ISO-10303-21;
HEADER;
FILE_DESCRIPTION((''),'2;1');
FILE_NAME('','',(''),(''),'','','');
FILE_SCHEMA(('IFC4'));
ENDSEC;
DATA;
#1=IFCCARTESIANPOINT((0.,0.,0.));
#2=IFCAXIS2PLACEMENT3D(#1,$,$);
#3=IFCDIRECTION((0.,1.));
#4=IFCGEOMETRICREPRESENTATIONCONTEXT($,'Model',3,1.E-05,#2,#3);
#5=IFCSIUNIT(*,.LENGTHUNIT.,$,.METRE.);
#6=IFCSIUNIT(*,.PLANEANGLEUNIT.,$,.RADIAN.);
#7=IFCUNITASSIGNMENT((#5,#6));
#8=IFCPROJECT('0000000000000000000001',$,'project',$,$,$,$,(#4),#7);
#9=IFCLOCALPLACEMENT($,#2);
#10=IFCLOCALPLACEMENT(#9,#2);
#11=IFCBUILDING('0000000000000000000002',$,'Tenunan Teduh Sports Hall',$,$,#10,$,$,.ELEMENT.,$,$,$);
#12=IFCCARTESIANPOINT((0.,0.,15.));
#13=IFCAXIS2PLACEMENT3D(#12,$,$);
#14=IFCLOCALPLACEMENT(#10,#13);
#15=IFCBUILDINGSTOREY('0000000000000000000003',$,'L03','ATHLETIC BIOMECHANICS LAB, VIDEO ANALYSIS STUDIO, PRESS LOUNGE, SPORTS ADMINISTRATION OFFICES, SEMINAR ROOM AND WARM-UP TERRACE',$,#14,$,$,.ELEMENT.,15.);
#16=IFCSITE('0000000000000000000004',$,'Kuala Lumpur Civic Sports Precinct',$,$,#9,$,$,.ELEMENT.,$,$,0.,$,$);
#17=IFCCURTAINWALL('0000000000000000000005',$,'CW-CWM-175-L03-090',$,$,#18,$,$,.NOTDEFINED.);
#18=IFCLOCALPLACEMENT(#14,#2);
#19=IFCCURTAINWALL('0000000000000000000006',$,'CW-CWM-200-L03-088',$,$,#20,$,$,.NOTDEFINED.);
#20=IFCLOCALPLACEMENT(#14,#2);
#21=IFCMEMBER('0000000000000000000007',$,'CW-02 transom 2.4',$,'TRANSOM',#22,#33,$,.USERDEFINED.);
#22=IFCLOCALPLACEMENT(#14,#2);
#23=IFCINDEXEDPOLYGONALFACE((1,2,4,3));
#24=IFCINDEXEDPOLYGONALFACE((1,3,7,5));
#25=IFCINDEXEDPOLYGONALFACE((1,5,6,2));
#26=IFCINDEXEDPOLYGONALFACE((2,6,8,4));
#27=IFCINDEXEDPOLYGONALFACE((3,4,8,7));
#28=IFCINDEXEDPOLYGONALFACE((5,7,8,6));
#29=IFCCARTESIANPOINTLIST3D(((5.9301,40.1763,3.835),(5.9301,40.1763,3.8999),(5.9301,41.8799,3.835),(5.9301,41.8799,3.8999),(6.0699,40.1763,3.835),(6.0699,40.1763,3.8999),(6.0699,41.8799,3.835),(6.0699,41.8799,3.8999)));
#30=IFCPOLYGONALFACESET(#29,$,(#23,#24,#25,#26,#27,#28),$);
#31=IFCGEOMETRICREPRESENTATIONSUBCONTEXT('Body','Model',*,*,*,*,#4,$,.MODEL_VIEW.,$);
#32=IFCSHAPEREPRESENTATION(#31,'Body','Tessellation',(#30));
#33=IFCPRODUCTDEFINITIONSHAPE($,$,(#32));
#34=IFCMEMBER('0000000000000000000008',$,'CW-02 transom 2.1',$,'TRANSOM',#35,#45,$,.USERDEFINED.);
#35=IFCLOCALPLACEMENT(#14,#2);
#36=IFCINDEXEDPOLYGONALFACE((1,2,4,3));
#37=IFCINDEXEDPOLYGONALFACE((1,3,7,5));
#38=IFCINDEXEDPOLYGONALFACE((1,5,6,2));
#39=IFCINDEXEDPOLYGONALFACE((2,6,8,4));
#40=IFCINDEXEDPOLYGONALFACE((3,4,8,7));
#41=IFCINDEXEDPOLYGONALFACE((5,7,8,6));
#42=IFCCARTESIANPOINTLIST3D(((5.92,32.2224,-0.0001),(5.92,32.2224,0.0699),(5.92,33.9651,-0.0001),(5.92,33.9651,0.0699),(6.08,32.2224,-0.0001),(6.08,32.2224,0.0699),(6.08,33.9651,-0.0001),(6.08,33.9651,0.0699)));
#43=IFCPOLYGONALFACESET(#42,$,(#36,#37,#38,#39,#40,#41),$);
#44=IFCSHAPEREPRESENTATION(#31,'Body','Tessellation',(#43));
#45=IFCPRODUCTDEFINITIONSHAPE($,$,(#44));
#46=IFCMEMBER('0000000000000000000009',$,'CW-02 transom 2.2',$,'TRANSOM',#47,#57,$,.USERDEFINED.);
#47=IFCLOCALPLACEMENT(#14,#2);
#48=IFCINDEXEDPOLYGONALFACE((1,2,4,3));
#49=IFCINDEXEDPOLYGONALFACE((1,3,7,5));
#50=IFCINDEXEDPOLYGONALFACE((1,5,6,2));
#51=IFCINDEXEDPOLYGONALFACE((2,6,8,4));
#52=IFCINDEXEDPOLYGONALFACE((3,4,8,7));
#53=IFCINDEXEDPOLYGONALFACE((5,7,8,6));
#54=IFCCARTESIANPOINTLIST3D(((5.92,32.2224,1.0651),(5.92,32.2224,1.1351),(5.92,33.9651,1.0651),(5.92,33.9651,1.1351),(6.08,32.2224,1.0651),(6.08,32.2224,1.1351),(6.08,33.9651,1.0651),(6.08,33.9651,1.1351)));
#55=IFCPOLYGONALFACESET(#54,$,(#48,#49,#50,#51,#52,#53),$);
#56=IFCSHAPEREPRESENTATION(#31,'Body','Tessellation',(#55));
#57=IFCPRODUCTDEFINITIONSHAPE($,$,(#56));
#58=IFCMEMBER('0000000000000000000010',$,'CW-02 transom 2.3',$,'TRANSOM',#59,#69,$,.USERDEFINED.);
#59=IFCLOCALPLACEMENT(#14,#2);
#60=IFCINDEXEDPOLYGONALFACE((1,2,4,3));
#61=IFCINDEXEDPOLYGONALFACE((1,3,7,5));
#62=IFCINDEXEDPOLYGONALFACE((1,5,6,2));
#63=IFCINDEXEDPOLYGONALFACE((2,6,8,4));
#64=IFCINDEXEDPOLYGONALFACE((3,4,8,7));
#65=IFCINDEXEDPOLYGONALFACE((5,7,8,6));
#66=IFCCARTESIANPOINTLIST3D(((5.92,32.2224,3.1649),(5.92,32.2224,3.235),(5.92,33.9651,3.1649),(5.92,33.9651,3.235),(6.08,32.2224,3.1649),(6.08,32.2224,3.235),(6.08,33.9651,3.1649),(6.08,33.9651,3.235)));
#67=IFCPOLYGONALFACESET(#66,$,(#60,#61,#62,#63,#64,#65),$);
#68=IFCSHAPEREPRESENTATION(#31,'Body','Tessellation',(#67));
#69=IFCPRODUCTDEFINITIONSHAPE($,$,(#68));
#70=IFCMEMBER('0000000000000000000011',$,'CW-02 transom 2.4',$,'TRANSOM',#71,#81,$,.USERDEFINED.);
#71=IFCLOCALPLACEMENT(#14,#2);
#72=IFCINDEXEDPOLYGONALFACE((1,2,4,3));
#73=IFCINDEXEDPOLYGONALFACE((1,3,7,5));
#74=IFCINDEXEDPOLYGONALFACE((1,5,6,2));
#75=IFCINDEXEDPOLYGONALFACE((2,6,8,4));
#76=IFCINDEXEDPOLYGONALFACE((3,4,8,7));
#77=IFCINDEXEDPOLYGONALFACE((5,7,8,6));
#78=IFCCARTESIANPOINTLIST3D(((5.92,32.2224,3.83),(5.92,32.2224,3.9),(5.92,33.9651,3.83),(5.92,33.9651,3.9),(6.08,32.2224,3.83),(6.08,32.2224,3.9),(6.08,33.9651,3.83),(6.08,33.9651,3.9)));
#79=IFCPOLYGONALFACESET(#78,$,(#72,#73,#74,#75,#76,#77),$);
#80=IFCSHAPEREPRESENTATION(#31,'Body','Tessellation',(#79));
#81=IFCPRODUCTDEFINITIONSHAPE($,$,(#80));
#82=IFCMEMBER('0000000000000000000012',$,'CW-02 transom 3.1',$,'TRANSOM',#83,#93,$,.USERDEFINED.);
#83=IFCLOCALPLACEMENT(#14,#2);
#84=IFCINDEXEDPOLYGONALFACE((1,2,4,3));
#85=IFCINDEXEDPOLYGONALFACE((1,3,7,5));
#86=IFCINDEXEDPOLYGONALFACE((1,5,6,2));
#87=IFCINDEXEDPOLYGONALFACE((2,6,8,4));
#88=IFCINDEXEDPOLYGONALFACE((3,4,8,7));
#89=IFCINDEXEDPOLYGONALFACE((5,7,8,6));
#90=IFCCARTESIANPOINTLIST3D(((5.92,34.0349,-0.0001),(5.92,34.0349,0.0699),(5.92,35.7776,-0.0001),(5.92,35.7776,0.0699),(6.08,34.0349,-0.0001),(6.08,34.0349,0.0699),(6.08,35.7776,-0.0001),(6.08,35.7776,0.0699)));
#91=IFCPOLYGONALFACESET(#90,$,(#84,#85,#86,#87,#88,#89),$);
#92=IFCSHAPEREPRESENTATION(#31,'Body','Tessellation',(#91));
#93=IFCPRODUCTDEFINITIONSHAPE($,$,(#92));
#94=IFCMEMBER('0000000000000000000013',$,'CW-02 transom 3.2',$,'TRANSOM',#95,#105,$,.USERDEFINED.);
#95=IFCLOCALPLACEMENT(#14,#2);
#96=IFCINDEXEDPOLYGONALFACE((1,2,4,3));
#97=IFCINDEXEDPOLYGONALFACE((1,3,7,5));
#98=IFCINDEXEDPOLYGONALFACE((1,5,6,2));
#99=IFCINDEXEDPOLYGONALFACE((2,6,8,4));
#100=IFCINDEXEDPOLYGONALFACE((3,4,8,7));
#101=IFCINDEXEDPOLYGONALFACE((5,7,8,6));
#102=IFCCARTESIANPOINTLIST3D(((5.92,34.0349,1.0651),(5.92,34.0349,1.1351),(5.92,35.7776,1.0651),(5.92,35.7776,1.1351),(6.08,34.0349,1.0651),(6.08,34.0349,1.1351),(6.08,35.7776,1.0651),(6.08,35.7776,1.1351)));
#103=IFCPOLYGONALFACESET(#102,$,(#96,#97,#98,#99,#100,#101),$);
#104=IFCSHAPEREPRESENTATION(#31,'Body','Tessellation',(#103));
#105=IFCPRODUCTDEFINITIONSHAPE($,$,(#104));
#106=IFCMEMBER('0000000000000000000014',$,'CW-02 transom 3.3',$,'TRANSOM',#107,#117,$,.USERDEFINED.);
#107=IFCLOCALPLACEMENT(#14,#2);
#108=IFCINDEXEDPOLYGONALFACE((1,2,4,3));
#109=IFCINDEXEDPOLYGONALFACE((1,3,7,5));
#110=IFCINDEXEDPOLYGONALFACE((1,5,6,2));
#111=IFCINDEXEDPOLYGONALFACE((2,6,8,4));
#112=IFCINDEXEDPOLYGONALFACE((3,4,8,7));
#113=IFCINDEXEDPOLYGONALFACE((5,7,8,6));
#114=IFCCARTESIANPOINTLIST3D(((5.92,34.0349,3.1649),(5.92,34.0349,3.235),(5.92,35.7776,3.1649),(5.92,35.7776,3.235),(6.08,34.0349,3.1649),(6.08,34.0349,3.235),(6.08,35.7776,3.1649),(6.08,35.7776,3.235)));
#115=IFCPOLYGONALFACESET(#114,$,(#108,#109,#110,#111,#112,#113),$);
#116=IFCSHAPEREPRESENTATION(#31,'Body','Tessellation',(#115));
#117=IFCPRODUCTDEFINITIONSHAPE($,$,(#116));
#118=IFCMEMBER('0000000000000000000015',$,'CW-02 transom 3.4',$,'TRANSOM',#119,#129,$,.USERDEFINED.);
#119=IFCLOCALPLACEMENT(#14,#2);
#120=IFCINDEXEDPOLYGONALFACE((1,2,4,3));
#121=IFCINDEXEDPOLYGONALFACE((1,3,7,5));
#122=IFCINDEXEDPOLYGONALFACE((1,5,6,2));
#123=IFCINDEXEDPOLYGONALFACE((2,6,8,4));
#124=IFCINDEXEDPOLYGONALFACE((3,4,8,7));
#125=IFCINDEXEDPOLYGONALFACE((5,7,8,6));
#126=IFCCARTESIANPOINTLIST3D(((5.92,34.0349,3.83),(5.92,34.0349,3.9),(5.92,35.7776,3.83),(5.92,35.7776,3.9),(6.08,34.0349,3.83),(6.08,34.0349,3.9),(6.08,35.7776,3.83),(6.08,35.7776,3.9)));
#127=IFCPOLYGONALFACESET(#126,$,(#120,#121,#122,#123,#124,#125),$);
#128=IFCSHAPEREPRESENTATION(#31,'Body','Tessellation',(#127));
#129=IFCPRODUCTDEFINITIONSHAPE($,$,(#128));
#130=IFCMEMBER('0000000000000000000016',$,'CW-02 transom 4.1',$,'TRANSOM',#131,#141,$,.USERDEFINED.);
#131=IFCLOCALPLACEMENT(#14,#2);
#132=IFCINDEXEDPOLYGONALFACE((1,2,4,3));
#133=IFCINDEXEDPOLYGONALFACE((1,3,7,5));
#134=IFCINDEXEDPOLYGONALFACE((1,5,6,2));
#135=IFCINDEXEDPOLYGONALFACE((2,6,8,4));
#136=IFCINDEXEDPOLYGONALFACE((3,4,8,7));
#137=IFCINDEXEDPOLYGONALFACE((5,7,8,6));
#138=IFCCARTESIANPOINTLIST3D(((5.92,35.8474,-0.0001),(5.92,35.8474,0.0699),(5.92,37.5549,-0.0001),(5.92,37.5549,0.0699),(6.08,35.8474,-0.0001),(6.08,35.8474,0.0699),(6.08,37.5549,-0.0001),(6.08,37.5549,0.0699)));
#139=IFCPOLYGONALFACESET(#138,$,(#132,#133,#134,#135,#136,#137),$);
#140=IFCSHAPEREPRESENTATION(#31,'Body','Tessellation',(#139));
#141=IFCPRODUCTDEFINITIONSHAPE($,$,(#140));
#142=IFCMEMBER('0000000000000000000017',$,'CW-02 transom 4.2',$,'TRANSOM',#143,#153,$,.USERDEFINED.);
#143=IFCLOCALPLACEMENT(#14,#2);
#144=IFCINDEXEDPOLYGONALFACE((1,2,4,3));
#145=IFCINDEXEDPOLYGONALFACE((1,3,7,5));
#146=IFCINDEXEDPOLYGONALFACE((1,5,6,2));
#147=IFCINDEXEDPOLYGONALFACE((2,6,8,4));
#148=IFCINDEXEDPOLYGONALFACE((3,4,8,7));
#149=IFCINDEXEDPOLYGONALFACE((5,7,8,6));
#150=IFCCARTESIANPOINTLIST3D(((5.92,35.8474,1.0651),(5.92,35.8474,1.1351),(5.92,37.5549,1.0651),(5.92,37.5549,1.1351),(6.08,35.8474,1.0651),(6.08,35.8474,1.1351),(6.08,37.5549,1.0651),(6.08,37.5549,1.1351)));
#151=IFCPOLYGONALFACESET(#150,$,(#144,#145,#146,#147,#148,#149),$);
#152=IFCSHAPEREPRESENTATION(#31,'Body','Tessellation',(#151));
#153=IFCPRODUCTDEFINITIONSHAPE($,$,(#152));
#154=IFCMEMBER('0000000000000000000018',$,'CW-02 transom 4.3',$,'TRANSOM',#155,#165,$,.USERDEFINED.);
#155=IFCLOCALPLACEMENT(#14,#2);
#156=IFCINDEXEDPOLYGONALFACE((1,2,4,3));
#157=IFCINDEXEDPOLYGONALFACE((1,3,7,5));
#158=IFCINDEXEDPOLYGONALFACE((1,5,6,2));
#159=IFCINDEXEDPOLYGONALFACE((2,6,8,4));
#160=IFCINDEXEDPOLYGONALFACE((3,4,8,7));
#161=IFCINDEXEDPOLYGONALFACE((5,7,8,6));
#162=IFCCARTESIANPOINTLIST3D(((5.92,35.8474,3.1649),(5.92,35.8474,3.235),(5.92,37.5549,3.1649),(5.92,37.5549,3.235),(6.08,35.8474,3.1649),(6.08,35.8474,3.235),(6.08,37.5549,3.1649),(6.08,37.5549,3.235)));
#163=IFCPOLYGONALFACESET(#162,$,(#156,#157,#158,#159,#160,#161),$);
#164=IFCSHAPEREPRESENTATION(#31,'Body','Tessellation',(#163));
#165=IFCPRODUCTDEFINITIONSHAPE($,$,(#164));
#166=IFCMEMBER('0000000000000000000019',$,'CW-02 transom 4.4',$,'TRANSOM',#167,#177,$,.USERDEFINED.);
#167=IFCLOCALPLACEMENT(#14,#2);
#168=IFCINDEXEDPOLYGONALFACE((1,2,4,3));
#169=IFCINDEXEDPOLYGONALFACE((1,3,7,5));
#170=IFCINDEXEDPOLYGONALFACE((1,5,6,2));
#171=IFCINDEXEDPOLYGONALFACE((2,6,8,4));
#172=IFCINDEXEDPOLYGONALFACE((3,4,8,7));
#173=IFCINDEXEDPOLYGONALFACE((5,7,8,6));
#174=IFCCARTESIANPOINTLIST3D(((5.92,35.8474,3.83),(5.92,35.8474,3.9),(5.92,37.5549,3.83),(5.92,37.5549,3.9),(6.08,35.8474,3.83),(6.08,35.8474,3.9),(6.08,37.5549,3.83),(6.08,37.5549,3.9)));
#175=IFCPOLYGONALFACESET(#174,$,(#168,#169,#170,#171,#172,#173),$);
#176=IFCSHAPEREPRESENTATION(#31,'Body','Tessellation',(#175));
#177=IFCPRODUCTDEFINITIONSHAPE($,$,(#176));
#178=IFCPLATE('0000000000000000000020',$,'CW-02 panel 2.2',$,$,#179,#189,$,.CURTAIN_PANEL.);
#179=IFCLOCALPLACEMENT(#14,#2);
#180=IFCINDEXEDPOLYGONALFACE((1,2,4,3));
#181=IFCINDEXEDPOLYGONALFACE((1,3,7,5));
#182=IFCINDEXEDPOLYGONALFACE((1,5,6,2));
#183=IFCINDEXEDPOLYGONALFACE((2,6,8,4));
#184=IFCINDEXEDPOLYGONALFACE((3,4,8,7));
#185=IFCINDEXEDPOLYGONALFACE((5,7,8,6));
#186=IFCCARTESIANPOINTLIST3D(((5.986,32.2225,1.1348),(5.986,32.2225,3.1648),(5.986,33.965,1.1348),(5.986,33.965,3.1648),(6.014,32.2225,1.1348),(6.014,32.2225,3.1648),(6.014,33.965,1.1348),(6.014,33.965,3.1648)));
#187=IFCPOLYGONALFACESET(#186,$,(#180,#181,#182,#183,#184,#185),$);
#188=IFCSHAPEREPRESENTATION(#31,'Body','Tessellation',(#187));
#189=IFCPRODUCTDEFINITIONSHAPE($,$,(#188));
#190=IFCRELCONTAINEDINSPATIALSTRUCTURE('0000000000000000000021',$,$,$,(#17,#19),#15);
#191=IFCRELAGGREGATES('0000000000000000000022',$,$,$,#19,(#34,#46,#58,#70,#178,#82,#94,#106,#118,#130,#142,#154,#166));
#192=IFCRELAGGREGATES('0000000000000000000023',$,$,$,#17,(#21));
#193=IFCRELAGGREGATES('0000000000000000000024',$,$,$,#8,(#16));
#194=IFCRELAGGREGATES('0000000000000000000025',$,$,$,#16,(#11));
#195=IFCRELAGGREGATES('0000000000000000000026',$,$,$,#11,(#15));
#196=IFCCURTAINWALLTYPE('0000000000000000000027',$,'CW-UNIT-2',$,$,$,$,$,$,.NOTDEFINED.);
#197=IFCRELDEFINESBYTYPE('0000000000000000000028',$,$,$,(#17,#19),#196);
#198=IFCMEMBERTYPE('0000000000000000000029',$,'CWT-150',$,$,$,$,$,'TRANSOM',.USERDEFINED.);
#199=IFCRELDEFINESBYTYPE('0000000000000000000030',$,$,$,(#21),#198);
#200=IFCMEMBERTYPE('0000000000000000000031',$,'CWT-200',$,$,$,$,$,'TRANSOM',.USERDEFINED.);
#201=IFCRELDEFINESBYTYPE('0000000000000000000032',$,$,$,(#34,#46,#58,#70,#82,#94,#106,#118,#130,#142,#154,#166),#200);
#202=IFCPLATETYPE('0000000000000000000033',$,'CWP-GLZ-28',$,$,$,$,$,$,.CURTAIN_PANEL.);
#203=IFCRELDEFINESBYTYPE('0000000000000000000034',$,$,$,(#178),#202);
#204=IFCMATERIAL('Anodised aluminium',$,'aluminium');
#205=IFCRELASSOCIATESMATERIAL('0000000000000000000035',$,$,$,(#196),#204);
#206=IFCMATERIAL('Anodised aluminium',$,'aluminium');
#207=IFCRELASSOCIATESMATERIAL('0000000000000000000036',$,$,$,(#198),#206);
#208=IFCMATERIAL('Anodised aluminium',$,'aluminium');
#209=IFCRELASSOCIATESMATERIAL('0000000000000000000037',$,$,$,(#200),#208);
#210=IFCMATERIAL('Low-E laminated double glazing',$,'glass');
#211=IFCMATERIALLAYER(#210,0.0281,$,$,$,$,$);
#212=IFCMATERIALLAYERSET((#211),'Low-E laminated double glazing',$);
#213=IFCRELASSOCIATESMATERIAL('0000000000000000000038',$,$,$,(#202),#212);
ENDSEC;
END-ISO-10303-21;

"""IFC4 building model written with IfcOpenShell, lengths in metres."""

from ifc_helpers import new_model, si_unit, direction, frame, origin, origin_2d, place, context, subcontext, project, spatial, rectangle, extrude, material, layer, layer_set, material_profile, profile_set, type_object, element, aggregate, save


model = new_model("IFC4")

# Units and contexts
model_context = context("Model", 3, precision=1e-05, world=origin(), true_north=direction((0.0, 1.0)))
body_context = subcontext(model_context, "Body", "Model", "MODEL_VIEW")
ifc_project = project(units=[si_unit("LENGTHUNIT", "METRE"), si_unit("PLANEANGLEUNIT", "RADIAN")], contexts=[model_context])

# Site, building, storey
site_placement = place(None, origin())
site = spatial("IfcSite", under=ifc_project, at=site_placement, Name="Kuala Lumpur Civic Sports Precinct", CompositionType="ELEMENT", RefElevation=0.0)
building_placement = place(site_placement, origin())
building = spatial("IfcBuilding", under=site, at=building_placement, Name="Tenunan Teduh Sports Hall", CompositionType="ELEMENT")
storey_placement = place(building_placement, frame((0.0, 0.0, 15.0)))
storey = spatial("IfcBuildingStorey", under=building, at=storey_placement, Name="L03", Description="ATHLETIC BIOMECHANICS LAB, VIDEO ANALYSIS STUDIO, PRESS LOUNGE, SPORTS ADMINISTRATION OFFICES, SEMINAR ROOM AND WARM-UP TERRACE", CompositionType="ELEMENT", Elevation=15.0)

# Curtain walls
ifc_material_1 = material(Name="Anodised aluminium", Category="aluminium")
curtain_wall_type = type_object("IfcCurtainWallType", Name="CW-UNIT-2", PredefinedType="NOTDEFINED", material=ifc_material_1)
curtain_wall_1_placement = place(storey_placement, origin())
curtain_wall_1 = element("IfcCurtainWall", 1, at=curtain_wall_1_placement, inside=storey, type_object=curtain_wall_type, Name="CW-CWM-175-L03-090", PredefinedType="NOTDEFINED")
curtain_wall_2_placement = place(storey_placement, origin())
curtain_wall_2 = element("IfcCurtainWall", 2, at=curtain_wall_2_placement, inside=storey, type_object=curtain_wall_type, Name="CW-CWM-200-L03-088", PredefinedType="NOTDEFINED")

# Members
ifc_material_2 = material(Name="Anodised aluminium", Category="aluminium")
ifc_material_profile_1 = material_profile(ifc_material_2, rectangle(XDim=0.0649, YDim=0.1399, at=origin_2d()), Name="CWT 65x140")
ifc_profile_set_1 = profile_set([ifc_material_profile_1], Name="Anodised aluminium")
member_type_1 = type_object("IfcMemberType", Name="CWT-150", ElementType="TRANSOM", PredefinedType="USERDEFINED", material=ifc_profile_set_1)
member_1_placement = place(storey_placement, frame((6.0, 40.1763, 3.8674), z_axis=(0.0, 1.0, 0.0), x_axis=(0.0, 0.0, 1.0)))
member_1 = element("IfcMember", 3, at=member_1_placement, type_object=member_type_1, Name="CW-02 transom 2.4", ObjectType="TRANSOM", PredefinedType="USERDEFINED", context=body_context, shape_type="SweptSolid", body=[
    extrude(rectangle(XDim=0.0649, YDim=0.1399, at=origin_2d()), origin(), (0.0, 0.0, 1.0), 1.7036),
])
ifc_material_3 = material(Name="Anodised aluminium", Category="aluminium")
ifc_material_profile_2 = material_profile(ifc_material_3, rectangle(XDim=0.0701, YDim=0.1599, at=origin_2d()), Name="CWT 70x160")
ifc_profile_set_2 = profile_set([ifc_material_profile_2], Name="Anodised aluminium")
member_type_2 = type_object("IfcMemberType", Name="CWT-200", ElementType="TRANSOM", PredefinedType="USERDEFINED", material=ifc_profile_set_2)
member_2_placement = place(storey_placement, frame((6.0, 32.2224, 0.0349), z_axis=(0.0, 1.0, 0.0), x_axis=(0.0, 0.0, 1.0)))
member_2 = element("IfcMember", 4, at=member_2_placement, type_object=member_type_2, Name="CW-02 transom 2.1", ObjectType="TRANSOM", PredefinedType="USERDEFINED", context=body_context, shape_type="SweptSolid", body=[
    extrude(rectangle(XDim=0.0701, YDim=0.1599, at=origin_2d()), origin(), (0.0, 0.0, 1.0), 1.7427),
])
member_3_placement = place(storey_placement, frame((6.0, 32.2224, 1.1001), z_axis=(0.0, 1.0, 0.0), x_axis=(0.0, 0.0, 1.0)))
member_3 = element("IfcMember", 5, at=member_3_placement, type_object=member_type_2, Name="CW-02 transom 2.2", ObjectType="TRANSOM", PredefinedType="USERDEFINED", context=body_context, shape_type="SweptSolid", body=[
    extrude(rectangle(XDim=0.0701, YDim=0.1599, at=origin_2d()), origin(), (0.0, 0.0, 1.0), 1.7427),
])
member_4_placement = place(storey_placement, frame((6.0, 32.2224, 3.2), z_axis=(0.0, 1.0, 0.0), x_axis=(0.0, 0.0, 1.0)))
member_4 = element("IfcMember", 6, at=member_4_placement, type_object=member_type_2, Name="CW-02 transom 2.3", ObjectType="TRANSOM", PredefinedType="USERDEFINED", context=body_context, shape_type="SweptSolid", body=[
    extrude(rectangle(XDim=0.0701, YDim=0.1599, at=origin_2d()), origin(), (0.0, 0.0, 1.0), 1.7427),
])
member_5_placement = place(storey_placement, frame((6.0, 32.2224, 3.865), z_axis=(0.0, 1.0, 0.0), x_axis=(0.0, 0.0, 1.0)))
member_5 = element("IfcMember", 7, at=member_5_placement, type_object=member_type_2, Name="CW-02 transom 2.4", ObjectType="TRANSOM", PredefinedType="USERDEFINED", context=body_context, shape_type="SweptSolid", body=[
    extrude(rectangle(XDim=0.0701, YDim=0.1599, at=origin_2d()), origin(), (0.0, 0.0, 1.0), 1.7427),
])
member_6_placement = place(storey_placement, frame((6.0, 34.0349, 0.0349), z_axis=(0.0, 1.0, 0.0), x_axis=(0.0, 0.0, 1.0)))
member_6 = element("IfcMember", 8, at=member_6_placement, type_object=member_type_2, Name="CW-02 transom 3.1", ObjectType="TRANSOM", PredefinedType="USERDEFINED", context=body_context, shape_type="SweptSolid", body=[
    extrude(rectangle(XDim=0.0701, YDim=0.1599, at=origin_2d()), origin(), (0.0, 0.0, 1.0), 1.7427),
])
member_7_placement = place(storey_placement, frame((6.0, 34.0349, 1.1001), z_axis=(0.0, 1.0, 0.0), x_axis=(0.0, 0.0, 1.0)))
member_7 = element("IfcMember", 9, at=member_7_placement, type_object=member_type_2, Name="CW-02 transom 3.2", ObjectType="TRANSOM", PredefinedType="USERDEFINED", context=body_context, shape_type="SweptSolid", body=[
    extrude(rectangle(XDim=0.0701, YDim=0.1599, at=origin_2d()), origin(), (0.0, 0.0, 1.0), 1.7427),
])
member_8_placement = place(storey_placement, frame((6.0, 34.0349, 3.2), z_axis=(0.0, 1.0, 0.0), x_axis=(0.0, 0.0, 1.0)))
member_8 = element("IfcMember", 10, at=member_8_placement, type_object=member_type_2, Name="CW-02 transom 3.3", ObjectType="TRANSOM", PredefinedType="USERDEFINED", context=body_context, shape_type="SweptSolid", body=[
    extrude(rectangle(XDim=0.0701, YDim=0.1599, at=origin_2d()), origin(), (0.0, 0.0, 1.0), 1.7427),
])
member_9_placement = place(storey_placement, frame((6.0, 34.0349, 3.865), z_axis=(0.0, 1.0, 0.0), x_axis=(0.0, 0.0, 1.0)))
member_9 = element("IfcMember", 11, at=member_9_placement, type_object=member_type_2, Name="CW-02 transom 3.4", ObjectType="TRANSOM", PredefinedType="USERDEFINED", context=body_context, shape_type="SweptSolid", body=[
    extrude(rectangle(XDim=0.0701, YDim=0.1599, at=origin_2d()), origin(), (0.0, 0.0, 1.0), 1.7427),
])
member_10_placement = place(storey_placement, frame((6.0, 35.8474, 0.0349), z_axis=(0.0, 1.0, 0.0), x_axis=(0.0, 0.0, 1.0)))
member_10 = element("IfcMember", 12, at=member_10_placement, type_object=member_type_2, Name="CW-02 transom 4.1", ObjectType="TRANSOM", PredefinedType="USERDEFINED", context=body_context, shape_type="SweptSolid", body=[
    extrude(rectangle(XDim=0.0701, YDim=0.1599, at=origin_2d()), origin(), (0.0, 0.0, 1.0), 1.7075),
])
member_11_placement = place(storey_placement, frame((6.0, 35.8474, 1.1001), z_axis=(0.0, 1.0, 0.0), x_axis=(0.0, 0.0, 1.0)))
member_11 = element("IfcMember", 13, at=member_11_placement, type_object=member_type_2, Name="CW-02 transom 4.2", ObjectType="TRANSOM", PredefinedType="USERDEFINED", context=body_context, shape_type="SweptSolid", body=[
    extrude(rectangle(XDim=0.0701, YDim=0.1599, at=origin_2d()), origin(), (0.0, 0.0, 1.0), 1.7075),
])
member_12_placement = place(storey_placement, frame((6.0, 35.8474, 3.2), z_axis=(0.0, 1.0, 0.0), x_axis=(0.0, 0.0, 1.0)))
member_12 = element("IfcMember", 14, at=member_12_placement, type_object=member_type_2, Name="CW-02 transom 4.3", ObjectType="TRANSOM", PredefinedType="USERDEFINED", context=body_context, shape_type="SweptSolid", body=[
    extrude(rectangle(XDim=0.0701, YDim=0.1599, at=origin_2d()), origin(), (0.0, 0.0, 1.0), 1.7075),
])
member_13_placement = place(storey_placement, frame((6.0, 35.8474, 3.865), z_axis=(0.0, 1.0, 0.0), x_axis=(0.0, 0.0, 1.0)))
member_13 = element("IfcMember", 15, at=member_13_placement, type_object=member_type_2, Name="CW-02 transom 4.4", ObjectType="TRANSOM", PredefinedType="USERDEFINED", context=body_context, shape_type="SweptSolid", body=[
    extrude(rectangle(XDim=0.0701, YDim=0.1599, at=origin_2d()), origin(), (0.0, 0.0, 1.0), 1.7075),
])

# Plate
ifc_material_4 = material(Name="Low-E laminated double glazing", Category="glass")
ifc_layer_1 = layer(ifc_material_4, 0.0281)
ifc_layer_set_1 = layer_set([ifc_layer_1], Name="Low-E laminated double glazing")
plate_type_1 = type_object("IfcPlateType", Name="CWP-GLZ-28", PredefinedType="CURTAIN_PANEL", material=ifc_layer_set_1)
plate_1_placement = place(storey_placement, frame((6.0, 33.0938, 1.1348), z_axis=(0.0, 0.0, 1.0), x_axis=(0.0, 1.0, 0.0)))
plate_1 = element("IfcPlate", 16, at=plate_1_placement, type_object=plate_type_1, Name="CW-02 panel 2.2", PredefinedType="CURTAIN_PANEL", context=body_context, shape_type="SweptSolid", body=[
    extrude(rectangle(XDim=1.7424, YDim=0.0281, at=origin_2d()), origin(), (0.0, 0.0, 1.0), 2.03),
])
aggregate(curtain_wall_2, [member_2, member_3, member_4, member_5, plate_1, member_6, member_7, member_8, member_9, member_10, member_11, member_12, member_13])
aggregate(curtain_wall_1, [member_1])

save(model, "model.ifc")
